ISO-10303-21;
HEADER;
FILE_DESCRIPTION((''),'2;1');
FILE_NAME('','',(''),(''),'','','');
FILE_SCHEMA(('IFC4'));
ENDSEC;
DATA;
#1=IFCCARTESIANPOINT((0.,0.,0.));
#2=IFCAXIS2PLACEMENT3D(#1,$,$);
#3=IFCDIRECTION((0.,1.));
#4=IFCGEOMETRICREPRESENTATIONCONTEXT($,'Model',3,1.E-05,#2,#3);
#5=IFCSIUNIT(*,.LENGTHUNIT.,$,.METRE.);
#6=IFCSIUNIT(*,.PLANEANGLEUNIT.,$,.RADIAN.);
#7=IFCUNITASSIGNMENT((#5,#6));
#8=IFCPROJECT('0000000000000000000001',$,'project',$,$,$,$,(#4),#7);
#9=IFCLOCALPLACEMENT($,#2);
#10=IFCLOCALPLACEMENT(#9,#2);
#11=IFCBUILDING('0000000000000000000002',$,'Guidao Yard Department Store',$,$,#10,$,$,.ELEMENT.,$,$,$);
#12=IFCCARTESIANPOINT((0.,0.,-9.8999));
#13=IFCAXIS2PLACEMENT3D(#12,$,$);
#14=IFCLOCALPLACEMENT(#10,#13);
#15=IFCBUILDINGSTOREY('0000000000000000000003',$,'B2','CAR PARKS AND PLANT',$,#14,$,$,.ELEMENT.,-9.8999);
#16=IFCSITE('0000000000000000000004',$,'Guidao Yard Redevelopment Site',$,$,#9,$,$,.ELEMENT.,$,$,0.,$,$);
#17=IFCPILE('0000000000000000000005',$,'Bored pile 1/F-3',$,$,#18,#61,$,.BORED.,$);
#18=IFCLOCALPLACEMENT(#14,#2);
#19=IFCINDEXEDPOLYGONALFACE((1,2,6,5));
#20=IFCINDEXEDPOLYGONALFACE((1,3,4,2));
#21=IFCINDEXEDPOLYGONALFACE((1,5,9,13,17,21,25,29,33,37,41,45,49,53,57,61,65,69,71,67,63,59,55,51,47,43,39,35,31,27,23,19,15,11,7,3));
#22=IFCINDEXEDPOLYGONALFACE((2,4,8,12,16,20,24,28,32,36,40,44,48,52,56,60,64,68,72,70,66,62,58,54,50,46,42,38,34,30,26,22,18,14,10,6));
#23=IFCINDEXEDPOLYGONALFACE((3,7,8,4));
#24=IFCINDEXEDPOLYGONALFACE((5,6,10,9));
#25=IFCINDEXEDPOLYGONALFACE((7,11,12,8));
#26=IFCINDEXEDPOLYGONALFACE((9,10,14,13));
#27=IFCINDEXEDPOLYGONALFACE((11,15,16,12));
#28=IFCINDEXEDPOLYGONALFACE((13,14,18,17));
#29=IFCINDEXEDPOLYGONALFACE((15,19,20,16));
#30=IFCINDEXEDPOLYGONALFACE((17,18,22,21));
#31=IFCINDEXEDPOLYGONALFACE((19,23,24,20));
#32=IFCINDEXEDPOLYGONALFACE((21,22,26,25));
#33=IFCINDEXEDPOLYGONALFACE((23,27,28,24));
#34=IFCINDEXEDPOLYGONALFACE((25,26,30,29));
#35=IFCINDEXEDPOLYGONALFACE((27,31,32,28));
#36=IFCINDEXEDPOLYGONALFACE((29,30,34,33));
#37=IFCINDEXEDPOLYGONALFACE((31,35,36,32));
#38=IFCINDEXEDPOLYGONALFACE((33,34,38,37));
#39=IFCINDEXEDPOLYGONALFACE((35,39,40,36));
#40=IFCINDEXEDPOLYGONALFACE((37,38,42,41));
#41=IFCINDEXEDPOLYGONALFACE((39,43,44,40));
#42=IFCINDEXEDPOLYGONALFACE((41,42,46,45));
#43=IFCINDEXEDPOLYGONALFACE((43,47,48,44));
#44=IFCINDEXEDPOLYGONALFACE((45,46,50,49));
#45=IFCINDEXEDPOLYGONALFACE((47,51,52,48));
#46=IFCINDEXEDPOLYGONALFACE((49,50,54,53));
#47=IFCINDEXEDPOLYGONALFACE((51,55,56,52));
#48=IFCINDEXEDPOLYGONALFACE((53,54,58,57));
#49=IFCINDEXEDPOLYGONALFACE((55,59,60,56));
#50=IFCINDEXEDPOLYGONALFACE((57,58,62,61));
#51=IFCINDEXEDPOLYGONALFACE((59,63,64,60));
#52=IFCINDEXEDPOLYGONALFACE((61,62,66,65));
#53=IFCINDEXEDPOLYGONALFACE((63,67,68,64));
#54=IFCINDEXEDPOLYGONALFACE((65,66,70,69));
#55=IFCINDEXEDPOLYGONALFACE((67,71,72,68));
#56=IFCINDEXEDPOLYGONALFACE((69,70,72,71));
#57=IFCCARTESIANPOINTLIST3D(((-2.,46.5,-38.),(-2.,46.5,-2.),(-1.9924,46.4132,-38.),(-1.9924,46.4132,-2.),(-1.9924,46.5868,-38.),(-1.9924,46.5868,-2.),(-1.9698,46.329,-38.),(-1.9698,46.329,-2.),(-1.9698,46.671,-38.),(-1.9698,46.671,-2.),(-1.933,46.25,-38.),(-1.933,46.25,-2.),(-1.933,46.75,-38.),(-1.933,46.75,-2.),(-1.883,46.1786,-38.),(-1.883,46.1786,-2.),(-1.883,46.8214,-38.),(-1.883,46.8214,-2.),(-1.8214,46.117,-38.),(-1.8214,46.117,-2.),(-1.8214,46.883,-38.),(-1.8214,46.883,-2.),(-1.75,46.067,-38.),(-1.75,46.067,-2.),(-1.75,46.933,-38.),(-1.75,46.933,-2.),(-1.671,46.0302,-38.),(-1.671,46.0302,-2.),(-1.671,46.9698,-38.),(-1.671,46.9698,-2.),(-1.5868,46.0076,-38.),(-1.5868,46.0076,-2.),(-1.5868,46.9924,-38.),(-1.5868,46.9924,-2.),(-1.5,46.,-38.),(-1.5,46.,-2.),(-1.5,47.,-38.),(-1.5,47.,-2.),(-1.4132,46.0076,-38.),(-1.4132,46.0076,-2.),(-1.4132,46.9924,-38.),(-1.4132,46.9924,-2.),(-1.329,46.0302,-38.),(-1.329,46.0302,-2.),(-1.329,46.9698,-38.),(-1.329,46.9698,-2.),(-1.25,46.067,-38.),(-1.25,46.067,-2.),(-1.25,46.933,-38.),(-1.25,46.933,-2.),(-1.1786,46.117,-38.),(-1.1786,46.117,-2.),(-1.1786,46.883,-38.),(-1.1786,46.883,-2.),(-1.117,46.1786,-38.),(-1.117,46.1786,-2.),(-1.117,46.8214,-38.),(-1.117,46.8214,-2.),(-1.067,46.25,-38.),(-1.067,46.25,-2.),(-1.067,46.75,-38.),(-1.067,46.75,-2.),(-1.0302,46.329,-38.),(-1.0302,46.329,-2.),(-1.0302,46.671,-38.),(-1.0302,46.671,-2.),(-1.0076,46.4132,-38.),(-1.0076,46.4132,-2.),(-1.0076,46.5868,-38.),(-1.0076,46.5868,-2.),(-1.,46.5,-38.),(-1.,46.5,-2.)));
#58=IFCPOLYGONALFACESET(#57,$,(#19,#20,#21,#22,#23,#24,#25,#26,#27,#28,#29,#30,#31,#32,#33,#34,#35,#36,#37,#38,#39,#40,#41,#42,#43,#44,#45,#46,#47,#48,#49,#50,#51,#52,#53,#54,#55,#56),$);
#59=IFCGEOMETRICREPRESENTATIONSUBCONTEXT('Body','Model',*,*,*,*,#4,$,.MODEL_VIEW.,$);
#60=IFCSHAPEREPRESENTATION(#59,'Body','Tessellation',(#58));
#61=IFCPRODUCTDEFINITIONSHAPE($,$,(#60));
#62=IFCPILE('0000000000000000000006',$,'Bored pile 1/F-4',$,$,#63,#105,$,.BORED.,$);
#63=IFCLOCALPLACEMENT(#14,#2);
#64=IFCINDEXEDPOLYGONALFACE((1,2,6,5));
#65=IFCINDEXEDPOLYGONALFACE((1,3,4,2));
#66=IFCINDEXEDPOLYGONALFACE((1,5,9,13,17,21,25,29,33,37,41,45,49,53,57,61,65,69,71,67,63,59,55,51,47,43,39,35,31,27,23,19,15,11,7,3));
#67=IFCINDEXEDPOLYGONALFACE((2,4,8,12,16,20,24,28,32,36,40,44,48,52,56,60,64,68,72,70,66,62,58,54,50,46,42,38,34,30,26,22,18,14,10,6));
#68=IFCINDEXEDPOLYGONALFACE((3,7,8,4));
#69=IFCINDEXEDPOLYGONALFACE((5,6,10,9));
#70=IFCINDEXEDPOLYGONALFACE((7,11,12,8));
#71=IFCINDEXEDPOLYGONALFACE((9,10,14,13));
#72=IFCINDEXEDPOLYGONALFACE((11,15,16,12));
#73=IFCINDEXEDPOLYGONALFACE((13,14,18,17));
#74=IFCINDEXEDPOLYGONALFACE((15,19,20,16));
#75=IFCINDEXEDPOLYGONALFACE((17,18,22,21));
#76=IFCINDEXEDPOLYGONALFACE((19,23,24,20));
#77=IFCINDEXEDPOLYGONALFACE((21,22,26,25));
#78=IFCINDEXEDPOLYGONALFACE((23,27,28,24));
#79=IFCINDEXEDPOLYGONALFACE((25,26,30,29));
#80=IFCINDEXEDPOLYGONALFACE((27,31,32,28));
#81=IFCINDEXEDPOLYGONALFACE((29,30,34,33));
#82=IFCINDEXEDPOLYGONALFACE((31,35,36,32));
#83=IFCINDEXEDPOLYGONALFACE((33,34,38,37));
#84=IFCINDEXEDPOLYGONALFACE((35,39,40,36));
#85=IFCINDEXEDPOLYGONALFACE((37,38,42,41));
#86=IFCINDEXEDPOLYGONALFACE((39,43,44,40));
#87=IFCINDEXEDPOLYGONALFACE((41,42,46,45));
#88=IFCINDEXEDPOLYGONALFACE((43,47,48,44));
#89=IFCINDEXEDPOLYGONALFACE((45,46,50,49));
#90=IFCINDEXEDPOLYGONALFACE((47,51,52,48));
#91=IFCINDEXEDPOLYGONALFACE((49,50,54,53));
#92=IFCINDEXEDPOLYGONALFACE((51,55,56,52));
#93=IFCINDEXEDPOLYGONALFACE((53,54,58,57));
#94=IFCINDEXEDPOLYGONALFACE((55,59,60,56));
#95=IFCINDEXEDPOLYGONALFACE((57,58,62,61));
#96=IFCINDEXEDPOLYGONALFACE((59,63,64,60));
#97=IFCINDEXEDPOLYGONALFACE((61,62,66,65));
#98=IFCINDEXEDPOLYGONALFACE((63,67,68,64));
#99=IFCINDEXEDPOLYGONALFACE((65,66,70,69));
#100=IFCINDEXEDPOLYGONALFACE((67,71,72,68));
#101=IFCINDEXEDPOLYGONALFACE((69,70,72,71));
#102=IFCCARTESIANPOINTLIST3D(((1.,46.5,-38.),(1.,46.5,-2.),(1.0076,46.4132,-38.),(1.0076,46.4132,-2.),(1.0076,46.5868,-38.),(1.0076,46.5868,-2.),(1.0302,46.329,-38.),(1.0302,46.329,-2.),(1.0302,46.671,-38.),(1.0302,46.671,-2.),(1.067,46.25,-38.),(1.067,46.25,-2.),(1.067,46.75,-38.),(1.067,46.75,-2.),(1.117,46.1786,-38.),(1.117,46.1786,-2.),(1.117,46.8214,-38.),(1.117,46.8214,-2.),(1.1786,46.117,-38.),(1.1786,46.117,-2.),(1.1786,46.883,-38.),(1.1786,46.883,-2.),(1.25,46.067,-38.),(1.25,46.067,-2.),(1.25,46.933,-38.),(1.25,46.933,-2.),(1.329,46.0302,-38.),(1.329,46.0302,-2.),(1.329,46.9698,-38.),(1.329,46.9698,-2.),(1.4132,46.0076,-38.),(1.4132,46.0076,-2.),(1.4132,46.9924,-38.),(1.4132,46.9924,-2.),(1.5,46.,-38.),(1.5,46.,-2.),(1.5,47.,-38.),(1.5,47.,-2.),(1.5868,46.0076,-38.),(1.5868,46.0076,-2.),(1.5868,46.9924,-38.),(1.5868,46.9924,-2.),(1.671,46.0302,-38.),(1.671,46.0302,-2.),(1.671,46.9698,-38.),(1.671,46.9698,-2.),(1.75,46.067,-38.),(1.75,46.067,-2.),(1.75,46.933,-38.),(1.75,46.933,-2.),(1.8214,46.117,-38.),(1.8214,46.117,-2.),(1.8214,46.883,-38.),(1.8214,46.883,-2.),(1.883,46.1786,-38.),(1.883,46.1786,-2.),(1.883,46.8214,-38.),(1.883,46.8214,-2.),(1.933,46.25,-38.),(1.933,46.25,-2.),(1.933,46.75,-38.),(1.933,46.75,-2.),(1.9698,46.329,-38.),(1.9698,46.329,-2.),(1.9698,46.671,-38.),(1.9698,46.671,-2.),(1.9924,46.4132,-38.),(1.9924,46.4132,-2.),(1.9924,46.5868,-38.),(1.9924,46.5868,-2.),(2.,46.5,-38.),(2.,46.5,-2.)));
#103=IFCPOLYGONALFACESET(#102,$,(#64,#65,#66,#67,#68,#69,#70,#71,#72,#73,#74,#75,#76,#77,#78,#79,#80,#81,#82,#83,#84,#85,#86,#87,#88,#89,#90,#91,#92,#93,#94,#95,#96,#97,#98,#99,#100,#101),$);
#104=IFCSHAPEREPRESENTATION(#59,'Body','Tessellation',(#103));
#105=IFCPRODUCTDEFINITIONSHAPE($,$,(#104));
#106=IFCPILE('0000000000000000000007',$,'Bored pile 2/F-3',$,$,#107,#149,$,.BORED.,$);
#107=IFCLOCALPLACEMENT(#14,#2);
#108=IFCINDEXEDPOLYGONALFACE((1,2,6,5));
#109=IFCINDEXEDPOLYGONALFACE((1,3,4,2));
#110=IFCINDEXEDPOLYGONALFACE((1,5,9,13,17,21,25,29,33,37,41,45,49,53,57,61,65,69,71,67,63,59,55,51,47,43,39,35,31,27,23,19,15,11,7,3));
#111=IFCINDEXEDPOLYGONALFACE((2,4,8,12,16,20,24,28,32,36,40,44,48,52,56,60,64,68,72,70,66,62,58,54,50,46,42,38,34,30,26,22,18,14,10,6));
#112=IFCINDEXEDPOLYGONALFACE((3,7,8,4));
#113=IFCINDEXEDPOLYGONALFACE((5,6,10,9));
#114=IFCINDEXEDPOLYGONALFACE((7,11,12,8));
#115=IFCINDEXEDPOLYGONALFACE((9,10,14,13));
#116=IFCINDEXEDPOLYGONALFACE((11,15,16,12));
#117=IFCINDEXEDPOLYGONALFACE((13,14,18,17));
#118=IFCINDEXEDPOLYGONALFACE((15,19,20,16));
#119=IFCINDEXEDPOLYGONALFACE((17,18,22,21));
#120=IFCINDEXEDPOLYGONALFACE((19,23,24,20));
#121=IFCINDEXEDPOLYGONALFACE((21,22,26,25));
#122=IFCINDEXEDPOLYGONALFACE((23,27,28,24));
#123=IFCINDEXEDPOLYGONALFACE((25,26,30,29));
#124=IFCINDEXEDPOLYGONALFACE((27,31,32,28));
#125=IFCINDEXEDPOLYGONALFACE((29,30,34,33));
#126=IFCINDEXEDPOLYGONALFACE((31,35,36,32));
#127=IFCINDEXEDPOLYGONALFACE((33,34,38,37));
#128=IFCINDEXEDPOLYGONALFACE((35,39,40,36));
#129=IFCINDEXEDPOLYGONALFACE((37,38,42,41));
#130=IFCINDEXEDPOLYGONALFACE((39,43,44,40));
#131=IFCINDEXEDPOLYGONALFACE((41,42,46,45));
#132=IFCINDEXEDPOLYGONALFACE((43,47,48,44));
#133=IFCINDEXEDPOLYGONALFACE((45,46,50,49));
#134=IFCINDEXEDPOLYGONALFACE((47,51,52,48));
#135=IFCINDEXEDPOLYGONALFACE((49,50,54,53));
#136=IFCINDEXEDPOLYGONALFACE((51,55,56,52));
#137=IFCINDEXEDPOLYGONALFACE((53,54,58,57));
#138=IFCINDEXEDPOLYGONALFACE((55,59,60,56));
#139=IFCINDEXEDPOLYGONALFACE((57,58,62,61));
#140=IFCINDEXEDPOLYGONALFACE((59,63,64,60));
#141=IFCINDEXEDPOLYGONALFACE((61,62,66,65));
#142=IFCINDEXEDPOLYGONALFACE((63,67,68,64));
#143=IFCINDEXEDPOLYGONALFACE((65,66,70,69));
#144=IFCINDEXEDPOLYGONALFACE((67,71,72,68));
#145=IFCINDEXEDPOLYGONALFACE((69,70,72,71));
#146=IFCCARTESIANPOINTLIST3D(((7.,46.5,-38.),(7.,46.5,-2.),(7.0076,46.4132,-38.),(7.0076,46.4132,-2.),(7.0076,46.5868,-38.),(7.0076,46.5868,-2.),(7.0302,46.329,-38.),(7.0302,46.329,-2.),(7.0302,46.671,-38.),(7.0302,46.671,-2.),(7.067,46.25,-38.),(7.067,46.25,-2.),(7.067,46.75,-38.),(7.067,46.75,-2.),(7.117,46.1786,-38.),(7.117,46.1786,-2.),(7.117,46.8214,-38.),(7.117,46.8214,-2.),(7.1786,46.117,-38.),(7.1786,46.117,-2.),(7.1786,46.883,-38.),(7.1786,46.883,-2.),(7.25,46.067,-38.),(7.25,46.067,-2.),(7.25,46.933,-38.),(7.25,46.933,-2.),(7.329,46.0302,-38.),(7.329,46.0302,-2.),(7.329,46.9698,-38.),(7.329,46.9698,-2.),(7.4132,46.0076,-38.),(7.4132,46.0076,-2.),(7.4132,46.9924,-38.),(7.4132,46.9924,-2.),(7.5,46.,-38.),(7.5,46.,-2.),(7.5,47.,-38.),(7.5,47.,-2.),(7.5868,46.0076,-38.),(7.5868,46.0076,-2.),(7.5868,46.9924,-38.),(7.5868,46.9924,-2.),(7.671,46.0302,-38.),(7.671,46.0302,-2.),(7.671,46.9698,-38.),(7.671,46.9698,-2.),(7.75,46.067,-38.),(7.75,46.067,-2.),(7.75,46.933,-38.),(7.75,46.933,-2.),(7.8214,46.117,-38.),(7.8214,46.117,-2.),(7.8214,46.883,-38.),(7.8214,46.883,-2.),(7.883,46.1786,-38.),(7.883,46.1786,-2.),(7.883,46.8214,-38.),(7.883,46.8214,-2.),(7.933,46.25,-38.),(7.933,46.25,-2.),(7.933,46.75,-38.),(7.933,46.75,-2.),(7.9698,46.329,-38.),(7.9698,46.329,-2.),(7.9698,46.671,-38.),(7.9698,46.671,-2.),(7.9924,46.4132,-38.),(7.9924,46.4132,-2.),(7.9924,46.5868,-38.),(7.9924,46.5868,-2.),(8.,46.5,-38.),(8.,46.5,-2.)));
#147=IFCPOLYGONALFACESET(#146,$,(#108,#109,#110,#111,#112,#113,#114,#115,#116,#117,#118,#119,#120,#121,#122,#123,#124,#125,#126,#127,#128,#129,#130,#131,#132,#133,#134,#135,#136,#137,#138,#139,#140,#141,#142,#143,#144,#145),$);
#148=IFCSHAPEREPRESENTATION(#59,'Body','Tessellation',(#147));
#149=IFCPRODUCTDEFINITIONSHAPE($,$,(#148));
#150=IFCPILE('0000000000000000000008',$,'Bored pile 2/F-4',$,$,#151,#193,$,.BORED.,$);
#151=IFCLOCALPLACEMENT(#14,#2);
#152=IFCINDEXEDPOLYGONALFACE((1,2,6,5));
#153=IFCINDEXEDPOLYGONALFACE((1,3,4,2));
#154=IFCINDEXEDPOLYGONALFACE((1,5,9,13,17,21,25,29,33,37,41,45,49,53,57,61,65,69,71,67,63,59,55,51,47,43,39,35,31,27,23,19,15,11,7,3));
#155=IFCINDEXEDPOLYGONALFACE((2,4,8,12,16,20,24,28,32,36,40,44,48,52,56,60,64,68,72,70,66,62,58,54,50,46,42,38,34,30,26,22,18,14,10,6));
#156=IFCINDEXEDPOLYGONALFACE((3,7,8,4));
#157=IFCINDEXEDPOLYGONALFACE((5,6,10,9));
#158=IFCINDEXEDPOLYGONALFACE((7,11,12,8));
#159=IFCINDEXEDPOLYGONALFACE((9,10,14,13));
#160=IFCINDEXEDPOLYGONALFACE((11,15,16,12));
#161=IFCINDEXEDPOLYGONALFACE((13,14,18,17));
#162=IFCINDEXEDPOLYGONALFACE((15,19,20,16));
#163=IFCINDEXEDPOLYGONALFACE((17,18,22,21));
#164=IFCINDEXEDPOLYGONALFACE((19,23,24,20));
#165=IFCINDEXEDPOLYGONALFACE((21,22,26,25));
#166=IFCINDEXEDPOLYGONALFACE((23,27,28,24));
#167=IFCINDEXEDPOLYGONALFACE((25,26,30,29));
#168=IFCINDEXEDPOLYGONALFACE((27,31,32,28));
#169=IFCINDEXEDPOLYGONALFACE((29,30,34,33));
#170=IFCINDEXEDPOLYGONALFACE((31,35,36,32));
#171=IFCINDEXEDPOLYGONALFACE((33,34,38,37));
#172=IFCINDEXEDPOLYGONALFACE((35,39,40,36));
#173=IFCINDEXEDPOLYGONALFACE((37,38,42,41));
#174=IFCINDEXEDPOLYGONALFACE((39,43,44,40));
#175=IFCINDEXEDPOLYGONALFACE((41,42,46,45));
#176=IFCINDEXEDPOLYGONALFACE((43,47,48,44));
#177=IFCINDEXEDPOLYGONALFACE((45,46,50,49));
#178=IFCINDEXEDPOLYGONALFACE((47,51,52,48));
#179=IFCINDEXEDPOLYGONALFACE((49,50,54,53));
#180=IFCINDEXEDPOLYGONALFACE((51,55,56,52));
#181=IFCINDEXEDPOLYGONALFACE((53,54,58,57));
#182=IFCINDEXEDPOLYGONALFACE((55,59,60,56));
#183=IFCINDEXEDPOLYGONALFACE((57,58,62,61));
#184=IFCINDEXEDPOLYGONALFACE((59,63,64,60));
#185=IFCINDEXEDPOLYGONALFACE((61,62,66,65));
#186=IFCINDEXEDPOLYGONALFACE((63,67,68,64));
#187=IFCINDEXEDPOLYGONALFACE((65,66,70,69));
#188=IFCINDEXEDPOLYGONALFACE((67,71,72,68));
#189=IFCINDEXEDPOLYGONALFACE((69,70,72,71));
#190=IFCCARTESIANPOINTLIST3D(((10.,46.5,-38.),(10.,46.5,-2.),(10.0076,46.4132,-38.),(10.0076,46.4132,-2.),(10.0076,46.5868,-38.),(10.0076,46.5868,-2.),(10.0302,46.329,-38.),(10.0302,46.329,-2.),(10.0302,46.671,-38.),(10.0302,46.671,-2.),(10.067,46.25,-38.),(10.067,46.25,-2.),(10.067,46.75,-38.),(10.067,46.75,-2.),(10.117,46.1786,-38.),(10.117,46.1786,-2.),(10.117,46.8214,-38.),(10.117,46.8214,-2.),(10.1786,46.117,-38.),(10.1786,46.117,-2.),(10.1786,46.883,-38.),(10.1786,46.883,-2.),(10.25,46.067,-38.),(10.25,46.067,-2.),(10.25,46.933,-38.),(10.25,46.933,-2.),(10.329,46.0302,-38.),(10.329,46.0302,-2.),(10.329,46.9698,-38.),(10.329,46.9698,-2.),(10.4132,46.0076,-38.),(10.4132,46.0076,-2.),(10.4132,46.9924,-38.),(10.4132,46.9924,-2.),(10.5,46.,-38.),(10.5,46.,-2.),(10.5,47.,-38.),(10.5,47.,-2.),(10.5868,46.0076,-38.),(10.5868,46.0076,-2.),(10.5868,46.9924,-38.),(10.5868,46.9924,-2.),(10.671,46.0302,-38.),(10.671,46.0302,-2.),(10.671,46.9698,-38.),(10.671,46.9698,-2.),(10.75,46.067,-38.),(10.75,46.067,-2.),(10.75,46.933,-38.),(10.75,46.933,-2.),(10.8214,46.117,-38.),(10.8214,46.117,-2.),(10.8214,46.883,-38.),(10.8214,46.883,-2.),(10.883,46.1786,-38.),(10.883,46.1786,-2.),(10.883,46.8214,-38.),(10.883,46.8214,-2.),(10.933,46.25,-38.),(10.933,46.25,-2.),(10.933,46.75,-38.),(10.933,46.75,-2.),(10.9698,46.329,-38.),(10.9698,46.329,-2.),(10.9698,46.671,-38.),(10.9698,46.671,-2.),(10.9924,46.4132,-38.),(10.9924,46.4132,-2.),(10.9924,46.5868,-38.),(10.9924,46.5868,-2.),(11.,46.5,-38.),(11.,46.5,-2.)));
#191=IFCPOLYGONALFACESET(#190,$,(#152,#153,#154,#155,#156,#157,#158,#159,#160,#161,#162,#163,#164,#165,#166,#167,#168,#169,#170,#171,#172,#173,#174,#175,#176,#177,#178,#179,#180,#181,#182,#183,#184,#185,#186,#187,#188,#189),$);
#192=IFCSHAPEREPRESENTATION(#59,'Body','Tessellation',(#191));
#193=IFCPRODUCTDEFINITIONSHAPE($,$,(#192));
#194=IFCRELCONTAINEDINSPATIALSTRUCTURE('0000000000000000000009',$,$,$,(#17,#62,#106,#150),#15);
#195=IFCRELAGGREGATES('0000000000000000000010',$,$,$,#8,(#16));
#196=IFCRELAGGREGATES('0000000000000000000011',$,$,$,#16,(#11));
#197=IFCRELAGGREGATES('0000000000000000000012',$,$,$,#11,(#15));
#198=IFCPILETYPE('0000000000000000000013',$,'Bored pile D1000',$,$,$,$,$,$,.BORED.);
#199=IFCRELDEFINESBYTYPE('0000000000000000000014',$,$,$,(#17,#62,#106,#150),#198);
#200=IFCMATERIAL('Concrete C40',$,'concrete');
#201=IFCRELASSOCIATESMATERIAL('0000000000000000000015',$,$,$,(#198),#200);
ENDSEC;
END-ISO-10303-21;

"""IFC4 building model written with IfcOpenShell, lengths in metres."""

from ifc_helpers import new_model, si_unit, direction, frame, origin, origin_2d, place, context, subcontext, project, spatial, circle, extrude, material, material_profile, profile_set, type_object, element, save


model = new_model("IFC4")

# Units and contexts
model_context = context("Model", 3, precision=1e-05, world=origin(), true_north=direction((0.0, 1.0)))
body_context = subcontext(model_context, "Body", "Model", "MODEL_VIEW")
ifc_project = project(units=[si_unit("LENGTHUNIT", "METRE"), si_unit("PLANEANGLEUNIT", "RADIAN")], contexts=[model_context])

# Site, building, storey
site_placement = place(None, origin())
site = spatial("IfcSite", under=ifc_project, at=site_placement, Name="Guidao Yard Redevelopment Site", CompositionType="ELEMENT", RefElevation=0.0)
building_placement = place(site_placement, origin())
building = spatial("IfcBuilding", under=site, at=building_placement, Name="Guidao Yard Department Store", CompositionType="ELEMENT")
storey_placement = place(building_placement, frame((0.0, 0.0, -9.8999)))
storey = spatial("IfcBuildingStorey", under=building, at=storey_placement, Name="B2", Description="CAR PARKS AND PLANT", CompositionType="ELEMENT", Elevation=-9.8999)

# Piles
ifc_material_1 = material(Name="Concrete C40", Category="concrete")
ifc_material_profile_1 = material_profile(ifc_material_1, circle(Radius=0.5, at=origin_2d()), Name="Bored pile D1000")
ifc_profile_set_1 = profile_set([ifc_material_profile_1], Name="Concrete C40")
pile_type = type_object("IfcPileType", Name="Bored pile D1000", PredefinedType="BORED", material=ifc_profile_set_1)
for number, where, z_axis, x_axis, name in (
    (1, (-1.5, 46.5, -2.0), (0.0, 0.0, -1.0), (1.0, 0.0, 0.0), "Bored pile 1/F-3"),
    (2, (1.5, 46.5, -2.0), (0.0, 0.0, -1.0), (1.0, 0.0, 0.0), "Bored pile 1/F-4"),
    (3, (7.5, 46.5, -2.0), (0.0, 0.0, -1.0), (1.0, 0.0, 0.0), "Bored pile 2/F-3"),
    (4, (10.5, 46.5, -2.0), (0.0, 0.0, -1.0), (1.0, 0.0, 0.0), "Bored pile 2/F-4"),
):
    element("IfcPile", number, at=place(storey_placement, frame(where, z_axis=z_axis, x_axis=x_axis)), inside=storey, type_object=pile_type, Name=name, PredefinedType="BORED", context=body_context, shape_type="SweptSolid", body=[
        extrude(circle(Radius=0.5, at=origin_2d()), origin(), (0.0, 0.0, 1.0), 36.0),
    ])

save(model, "model.ifc")
